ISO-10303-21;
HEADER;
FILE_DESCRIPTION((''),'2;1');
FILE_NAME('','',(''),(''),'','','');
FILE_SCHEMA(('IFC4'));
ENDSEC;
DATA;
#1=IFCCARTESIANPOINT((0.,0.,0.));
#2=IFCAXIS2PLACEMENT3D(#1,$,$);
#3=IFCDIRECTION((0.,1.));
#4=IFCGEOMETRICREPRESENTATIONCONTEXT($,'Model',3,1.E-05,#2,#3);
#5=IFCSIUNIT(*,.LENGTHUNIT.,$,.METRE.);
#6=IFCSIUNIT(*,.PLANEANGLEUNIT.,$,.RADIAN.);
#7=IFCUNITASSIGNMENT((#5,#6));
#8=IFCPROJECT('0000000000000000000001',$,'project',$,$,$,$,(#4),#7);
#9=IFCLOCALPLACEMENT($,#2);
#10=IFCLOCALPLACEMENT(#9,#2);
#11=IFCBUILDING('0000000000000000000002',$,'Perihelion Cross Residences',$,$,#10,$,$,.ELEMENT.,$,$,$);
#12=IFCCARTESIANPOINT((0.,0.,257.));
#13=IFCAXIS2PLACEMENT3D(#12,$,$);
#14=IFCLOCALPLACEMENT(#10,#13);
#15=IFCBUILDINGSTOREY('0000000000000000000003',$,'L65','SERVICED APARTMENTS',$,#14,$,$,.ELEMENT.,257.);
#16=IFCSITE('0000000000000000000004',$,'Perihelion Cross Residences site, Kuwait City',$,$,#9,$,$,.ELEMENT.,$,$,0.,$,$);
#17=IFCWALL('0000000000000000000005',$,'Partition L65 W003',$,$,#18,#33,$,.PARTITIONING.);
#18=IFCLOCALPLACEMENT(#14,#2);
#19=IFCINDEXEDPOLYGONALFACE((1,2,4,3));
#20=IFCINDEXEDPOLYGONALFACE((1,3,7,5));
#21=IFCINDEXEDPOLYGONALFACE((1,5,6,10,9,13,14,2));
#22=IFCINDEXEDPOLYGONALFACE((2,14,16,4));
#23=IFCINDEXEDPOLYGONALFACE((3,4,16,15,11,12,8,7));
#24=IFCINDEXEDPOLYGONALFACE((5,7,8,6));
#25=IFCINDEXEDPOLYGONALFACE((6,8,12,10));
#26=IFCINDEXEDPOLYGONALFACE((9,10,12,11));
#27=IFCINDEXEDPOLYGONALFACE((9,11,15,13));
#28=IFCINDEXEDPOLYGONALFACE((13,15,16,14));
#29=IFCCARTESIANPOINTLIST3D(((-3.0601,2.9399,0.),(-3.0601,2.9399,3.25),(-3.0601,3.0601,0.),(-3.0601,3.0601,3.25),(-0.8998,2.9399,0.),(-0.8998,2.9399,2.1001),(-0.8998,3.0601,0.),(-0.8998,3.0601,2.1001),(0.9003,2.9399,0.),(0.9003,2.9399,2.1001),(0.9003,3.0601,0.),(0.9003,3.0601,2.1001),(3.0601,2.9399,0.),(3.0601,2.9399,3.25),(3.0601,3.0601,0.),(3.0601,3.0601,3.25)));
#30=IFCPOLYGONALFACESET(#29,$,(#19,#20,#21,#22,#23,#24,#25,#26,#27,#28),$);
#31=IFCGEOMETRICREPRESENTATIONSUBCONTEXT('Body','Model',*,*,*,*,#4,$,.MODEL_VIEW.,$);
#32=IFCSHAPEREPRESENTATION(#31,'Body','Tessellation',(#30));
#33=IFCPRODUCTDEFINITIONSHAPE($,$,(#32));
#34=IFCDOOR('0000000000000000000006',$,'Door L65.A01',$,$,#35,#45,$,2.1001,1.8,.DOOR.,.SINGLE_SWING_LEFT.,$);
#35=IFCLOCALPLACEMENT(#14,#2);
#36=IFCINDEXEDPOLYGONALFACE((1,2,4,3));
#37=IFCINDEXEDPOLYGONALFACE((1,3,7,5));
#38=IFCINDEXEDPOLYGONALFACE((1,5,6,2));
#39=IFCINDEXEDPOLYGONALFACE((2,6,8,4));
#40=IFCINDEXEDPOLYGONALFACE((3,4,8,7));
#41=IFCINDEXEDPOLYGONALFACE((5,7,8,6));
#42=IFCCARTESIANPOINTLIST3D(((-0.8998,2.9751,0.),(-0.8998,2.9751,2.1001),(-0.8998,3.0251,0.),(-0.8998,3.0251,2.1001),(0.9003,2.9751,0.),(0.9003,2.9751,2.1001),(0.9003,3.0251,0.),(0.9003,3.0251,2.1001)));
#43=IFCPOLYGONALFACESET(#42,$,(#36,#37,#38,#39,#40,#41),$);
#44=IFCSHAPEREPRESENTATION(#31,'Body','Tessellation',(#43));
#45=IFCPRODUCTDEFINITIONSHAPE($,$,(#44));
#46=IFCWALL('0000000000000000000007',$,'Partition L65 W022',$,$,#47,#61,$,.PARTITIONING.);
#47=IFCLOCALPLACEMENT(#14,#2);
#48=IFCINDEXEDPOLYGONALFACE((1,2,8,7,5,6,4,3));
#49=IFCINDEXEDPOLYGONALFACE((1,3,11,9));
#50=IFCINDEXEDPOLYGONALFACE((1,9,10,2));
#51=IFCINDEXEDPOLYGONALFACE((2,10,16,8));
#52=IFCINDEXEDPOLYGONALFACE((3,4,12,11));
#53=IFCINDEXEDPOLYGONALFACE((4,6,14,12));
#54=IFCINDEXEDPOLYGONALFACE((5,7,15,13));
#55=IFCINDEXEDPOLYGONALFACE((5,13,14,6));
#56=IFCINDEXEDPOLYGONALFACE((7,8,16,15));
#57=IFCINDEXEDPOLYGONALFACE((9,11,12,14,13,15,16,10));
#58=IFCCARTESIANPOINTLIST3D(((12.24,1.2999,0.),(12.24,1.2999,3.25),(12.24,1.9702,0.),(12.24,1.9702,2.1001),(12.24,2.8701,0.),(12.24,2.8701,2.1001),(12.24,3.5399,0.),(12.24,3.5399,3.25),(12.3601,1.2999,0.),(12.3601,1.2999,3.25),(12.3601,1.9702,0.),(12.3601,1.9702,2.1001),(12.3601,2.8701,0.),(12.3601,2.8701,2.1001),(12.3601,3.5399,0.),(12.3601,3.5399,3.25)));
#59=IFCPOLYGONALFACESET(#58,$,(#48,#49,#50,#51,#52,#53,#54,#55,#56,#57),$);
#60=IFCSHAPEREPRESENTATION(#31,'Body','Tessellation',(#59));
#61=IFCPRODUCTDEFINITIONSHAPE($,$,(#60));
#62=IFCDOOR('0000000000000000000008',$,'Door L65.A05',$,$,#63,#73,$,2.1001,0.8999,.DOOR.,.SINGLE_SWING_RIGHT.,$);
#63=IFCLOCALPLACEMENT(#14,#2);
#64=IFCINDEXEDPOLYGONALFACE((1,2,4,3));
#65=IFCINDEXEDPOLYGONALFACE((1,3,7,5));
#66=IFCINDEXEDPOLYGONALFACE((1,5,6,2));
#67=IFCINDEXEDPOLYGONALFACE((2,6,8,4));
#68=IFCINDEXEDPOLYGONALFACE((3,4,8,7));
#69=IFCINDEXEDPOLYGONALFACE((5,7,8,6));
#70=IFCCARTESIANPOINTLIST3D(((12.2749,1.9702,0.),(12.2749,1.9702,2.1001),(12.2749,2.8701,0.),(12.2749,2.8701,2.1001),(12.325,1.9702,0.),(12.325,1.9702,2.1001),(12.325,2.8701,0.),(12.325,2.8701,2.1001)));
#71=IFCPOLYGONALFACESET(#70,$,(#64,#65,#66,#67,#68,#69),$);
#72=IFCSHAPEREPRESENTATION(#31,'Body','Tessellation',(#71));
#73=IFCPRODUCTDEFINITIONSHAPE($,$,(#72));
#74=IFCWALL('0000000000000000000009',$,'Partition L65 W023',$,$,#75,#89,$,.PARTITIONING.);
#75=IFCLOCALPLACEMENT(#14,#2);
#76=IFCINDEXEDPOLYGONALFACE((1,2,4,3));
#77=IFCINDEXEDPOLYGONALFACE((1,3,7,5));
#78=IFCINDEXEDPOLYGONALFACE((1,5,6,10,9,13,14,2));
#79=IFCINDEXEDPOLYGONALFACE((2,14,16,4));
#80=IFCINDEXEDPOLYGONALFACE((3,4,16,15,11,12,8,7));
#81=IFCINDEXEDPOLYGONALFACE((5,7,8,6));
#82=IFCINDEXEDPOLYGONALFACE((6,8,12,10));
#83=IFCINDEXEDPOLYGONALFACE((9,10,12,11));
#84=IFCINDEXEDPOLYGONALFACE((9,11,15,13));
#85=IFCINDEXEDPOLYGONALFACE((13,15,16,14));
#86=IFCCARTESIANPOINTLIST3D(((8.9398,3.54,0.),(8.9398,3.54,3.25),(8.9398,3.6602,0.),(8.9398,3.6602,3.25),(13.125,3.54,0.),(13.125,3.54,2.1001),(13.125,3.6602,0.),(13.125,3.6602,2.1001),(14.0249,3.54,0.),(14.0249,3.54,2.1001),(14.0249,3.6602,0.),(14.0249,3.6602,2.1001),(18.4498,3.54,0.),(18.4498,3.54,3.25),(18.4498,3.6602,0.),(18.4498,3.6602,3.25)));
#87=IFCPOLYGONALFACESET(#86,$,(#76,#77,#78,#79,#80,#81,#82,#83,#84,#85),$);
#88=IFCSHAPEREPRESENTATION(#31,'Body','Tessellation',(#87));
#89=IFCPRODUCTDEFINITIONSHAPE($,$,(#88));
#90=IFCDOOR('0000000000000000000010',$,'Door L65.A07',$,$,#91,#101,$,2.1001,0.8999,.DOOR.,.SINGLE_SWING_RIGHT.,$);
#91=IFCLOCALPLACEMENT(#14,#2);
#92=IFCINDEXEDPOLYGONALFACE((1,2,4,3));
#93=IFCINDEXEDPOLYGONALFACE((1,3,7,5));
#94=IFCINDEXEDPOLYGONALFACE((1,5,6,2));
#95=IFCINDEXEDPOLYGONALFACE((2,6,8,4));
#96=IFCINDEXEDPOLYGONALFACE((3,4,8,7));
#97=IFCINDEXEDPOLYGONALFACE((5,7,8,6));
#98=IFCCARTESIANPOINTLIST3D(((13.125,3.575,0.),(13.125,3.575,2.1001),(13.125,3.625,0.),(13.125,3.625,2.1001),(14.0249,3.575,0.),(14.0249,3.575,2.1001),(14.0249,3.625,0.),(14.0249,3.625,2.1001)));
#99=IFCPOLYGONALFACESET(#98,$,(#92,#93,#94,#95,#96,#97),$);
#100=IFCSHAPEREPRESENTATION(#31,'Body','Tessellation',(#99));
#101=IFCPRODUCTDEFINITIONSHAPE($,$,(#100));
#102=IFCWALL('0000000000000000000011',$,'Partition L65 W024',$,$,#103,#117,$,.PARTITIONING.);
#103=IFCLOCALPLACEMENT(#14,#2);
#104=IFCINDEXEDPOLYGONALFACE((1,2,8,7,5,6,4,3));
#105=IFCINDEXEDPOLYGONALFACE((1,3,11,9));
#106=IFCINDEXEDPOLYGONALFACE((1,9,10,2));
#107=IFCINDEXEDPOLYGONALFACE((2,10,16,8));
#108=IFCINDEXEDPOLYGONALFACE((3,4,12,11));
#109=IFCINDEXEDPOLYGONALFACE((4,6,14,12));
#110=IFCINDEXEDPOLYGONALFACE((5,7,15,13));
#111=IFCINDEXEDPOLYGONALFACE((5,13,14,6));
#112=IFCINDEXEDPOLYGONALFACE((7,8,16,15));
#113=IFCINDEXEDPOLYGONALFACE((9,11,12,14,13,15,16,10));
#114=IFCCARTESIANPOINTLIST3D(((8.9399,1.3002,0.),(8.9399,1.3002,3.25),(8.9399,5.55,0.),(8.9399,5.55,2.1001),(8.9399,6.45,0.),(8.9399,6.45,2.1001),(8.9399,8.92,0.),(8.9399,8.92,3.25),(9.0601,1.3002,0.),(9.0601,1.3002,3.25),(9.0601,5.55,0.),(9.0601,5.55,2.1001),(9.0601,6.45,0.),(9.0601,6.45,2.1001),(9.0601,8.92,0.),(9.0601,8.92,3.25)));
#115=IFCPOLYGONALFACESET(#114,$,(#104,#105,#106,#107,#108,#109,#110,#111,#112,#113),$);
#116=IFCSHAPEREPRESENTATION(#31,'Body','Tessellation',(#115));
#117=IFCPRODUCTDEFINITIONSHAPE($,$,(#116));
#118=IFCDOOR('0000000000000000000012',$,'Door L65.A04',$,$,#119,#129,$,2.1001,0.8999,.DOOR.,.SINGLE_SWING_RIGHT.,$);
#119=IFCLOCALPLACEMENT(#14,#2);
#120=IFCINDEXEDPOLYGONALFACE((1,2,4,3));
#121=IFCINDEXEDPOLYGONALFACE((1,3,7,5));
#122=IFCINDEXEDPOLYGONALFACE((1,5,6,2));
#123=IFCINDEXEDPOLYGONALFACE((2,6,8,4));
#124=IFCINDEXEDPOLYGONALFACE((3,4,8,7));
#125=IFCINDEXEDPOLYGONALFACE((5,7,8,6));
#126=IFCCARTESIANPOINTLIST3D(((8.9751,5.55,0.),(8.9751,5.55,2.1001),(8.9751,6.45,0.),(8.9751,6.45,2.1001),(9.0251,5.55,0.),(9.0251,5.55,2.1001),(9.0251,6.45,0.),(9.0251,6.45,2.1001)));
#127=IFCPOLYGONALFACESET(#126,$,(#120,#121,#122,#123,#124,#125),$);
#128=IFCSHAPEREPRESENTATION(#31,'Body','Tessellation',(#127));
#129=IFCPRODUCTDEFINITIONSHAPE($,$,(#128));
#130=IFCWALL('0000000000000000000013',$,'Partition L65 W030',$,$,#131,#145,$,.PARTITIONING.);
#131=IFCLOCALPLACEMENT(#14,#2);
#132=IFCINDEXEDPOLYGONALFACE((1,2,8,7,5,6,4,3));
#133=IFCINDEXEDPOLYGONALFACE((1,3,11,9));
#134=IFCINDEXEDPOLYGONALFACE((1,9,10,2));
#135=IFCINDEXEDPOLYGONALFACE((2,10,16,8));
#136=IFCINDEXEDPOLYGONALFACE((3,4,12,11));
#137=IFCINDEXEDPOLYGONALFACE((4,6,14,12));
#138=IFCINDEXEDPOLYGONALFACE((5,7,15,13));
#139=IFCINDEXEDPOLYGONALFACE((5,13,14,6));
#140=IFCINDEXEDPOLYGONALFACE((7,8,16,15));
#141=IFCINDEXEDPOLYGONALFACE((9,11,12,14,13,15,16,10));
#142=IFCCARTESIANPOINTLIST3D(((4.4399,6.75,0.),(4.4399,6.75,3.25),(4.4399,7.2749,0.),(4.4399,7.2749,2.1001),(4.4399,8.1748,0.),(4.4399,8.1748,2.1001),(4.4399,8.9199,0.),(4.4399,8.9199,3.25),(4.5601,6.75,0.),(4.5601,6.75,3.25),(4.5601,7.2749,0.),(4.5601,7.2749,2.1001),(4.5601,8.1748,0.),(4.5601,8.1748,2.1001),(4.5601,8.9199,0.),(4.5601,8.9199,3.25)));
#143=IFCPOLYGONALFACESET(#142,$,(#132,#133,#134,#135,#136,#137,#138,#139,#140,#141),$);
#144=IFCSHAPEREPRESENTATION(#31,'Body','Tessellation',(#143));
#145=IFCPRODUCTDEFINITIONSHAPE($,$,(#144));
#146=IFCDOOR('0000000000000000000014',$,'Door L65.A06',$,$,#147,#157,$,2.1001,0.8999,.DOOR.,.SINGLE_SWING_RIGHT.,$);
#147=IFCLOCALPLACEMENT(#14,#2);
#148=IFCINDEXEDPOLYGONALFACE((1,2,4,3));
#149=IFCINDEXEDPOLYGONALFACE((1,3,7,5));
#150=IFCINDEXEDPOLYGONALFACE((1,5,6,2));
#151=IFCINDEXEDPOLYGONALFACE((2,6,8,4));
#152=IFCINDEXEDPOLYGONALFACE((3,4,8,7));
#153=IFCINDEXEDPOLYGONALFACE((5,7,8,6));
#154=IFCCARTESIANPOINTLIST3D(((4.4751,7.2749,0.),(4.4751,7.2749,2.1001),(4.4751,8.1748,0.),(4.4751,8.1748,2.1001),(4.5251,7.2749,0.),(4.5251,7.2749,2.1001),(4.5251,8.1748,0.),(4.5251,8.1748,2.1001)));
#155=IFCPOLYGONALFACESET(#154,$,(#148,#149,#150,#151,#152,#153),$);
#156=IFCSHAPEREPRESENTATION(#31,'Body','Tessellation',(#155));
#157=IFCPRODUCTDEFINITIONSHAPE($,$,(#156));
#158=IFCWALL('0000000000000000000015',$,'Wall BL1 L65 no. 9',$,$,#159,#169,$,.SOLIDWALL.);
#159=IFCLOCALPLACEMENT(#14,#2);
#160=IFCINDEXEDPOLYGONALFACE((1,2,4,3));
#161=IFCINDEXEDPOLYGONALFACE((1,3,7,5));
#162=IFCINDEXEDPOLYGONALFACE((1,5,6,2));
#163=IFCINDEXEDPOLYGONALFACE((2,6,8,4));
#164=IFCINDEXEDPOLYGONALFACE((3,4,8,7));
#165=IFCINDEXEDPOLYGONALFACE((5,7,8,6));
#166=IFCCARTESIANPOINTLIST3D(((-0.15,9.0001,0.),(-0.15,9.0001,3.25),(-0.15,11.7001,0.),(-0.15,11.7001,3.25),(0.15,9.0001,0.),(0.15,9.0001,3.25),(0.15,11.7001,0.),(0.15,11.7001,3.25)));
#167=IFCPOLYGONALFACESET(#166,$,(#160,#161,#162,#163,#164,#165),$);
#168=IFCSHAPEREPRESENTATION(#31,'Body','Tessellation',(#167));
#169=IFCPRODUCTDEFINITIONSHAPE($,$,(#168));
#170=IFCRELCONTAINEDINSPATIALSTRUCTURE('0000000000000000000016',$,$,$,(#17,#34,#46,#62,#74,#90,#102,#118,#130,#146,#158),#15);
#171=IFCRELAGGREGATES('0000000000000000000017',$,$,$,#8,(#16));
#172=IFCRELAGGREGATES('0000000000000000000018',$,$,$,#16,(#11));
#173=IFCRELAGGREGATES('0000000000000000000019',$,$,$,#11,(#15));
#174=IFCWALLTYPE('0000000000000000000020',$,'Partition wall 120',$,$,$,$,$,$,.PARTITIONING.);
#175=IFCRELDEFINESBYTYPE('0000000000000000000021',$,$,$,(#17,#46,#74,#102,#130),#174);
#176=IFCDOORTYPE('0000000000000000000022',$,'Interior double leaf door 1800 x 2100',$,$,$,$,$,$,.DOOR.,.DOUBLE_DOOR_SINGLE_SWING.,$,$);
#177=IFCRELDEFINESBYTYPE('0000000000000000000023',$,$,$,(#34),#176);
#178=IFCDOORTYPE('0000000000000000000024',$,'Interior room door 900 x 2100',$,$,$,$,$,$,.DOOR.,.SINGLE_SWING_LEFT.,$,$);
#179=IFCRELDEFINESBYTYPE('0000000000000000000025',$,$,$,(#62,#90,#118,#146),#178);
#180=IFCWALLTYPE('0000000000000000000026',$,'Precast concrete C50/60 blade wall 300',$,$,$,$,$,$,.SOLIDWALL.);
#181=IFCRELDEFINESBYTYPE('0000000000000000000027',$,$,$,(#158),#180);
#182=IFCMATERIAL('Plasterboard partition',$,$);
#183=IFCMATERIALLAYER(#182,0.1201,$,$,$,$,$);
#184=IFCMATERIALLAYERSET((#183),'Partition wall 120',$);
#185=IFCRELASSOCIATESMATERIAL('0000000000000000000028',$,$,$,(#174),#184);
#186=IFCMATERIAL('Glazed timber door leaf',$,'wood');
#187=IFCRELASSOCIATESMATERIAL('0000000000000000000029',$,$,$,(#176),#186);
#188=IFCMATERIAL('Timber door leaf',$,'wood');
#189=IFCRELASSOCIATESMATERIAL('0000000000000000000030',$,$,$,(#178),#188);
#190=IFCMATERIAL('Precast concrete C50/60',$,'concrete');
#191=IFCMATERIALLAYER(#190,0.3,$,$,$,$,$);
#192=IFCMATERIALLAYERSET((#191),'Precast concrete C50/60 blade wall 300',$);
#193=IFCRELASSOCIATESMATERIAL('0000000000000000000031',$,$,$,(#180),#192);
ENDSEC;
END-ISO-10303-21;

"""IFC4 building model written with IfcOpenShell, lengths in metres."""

from ifc_helpers import new_model, si_unit, direction, frame, frame_2d, origin, place, context, subcontext, project, spatial, rectangle, extrude, material, layer, layer_set, type_object, element, fill, save


model = new_model("IFC4")

# Units and contexts
model_context = context("Model", 3, precision=1e-05, world=origin(), true_north=direction((0.0, 1.0)))
body_context = subcontext(model_context, "Body", "Model", "MODEL_VIEW")
ifc_project = project(units=[si_unit("LENGTHUNIT", "METRE"), si_unit("PLANEANGLEUNIT", "RADIAN")], contexts=[model_context])

# Site, building, storey
site_placement = place(None, origin())
site = spatial("IfcSite", under=ifc_project, at=site_placement, Name="Perihelion Cross Residences site, Kuwait City", CompositionType="ELEMENT", RefElevation=0.0)
building_placement = place(site_placement, origin())
building = spatial("IfcBuilding", under=site, at=building_placement, Name="Perihelion Cross Residences", CompositionType="ELEMENT")
storey_placement = place(building_placement, frame((0.0, 0.0, 257.0)))
storey = spatial("IfcBuildingStorey", under=building, at=storey_placement, Name="L65", Description="SERVICED APARTMENTS", CompositionType="ELEMENT", Elevation=257.0)

# Walls, openings, doors
ifc_material_1 = material(Name="Plasterboard partition")
ifc_layer_1 = layer(ifc_material_1, 0.1201)
ifc_layer_set_1 = layer_set([ifc_layer_1], Name="Partition wall 120")
wall_type_1 = type_object("IfcWallType", Name="Partition wall 120", PredefinedType="PARTITIONING", material=ifc_layer_set_1)
wall_1_placement = place(storey_placement, frame((3.0601, 3.0, 0.0), z_axis=(0.0, 0.0, 1.0), x_axis=(-1.0, 0.0, 0.0)))
wall_1 = element("IfcWall", 1, at=wall_1_placement, inside=storey, type_object=wall_type_1, Name="Partition L65 W003", PredefinedType="PARTITIONING", context=body_context, shape_type="SweptSolid", body=[
    extrude(rectangle(XDim=6.1201, YDim=0.1201, at=frame_2d((3.0601, 0.0))), origin(), (0.0, 0.0, 1.0), 3.25),
])
opening_1_placement = place(wall_1_placement, frame((2.1599, 0.0, 0.0)))
opening_1 = element("IfcOpeningElement", 2, at=opening_1_placement, cuts=wall_1, PredefinedType="OPENING", context=body_context, shape_type="SweptSolid", body=[
    extrude(rectangle(XDim=1.8, YDim=2.1001, at=frame_2d((0.8999, 1.05))), frame((0.0, 0.0701, 0.0), z_axis=(0.0, -1.0, 0.0), x_axis=(1.0, 0.0, 0.0)), (0.0, 0.0, 1.0), 0.1401),
])
ifc_material_2 = material(Name="Glazed timber door leaf", Category="wood")
door_type_1 = type_object("IfcDoorType", Name="Interior double leaf door 1800 x 2100", OperationType="DOUBLE_DOOR_SINGLE_SWING", PredefinedType="DOOR", material=ifc_material_2)
door_1_placement = place(opening_1_placement, origin())
door_1 = element("IfcDoor", 3, at=door_1_placement, inside=storey, type_object=door_type_1, Name="Door L65.A01", OperationType="SINGLE_SWING_LEFT", OverallHeight=2.1001, OverallWidth=1.8, PredefinedType="DOOR", context=body_context, shape_type="SweptSolid", body=[
    extrude(rectangle(XDim=1.8, YDim=2.1001, at=frame_2d((0.8999, 1.05))), frame((0.0, 0.0249, 0.0), z_axis=(0.0, -1.0, 0.0), x_axis=(1.0, 0.0, 0.0)), (0.0, 0.0, 1.0), 0.05),
])
fill(opening_1, door_1)
wall_2_placement = place(storey_placement, frame((12.3, 3.54, 0.0), z_axis=(0.0, 0.0, 1.0), x_axis=(0.0, -1.0, 0.0)))
wall_2 = element("IfcWall", 4, at=wall_2_placement, inside=storey, type_object=wall_type_1, Name="Partition L65 W022", PredefinedType="PARTITIONING", context=body_context, shape_type="SweptSolid", body=[
    extrude(rectangle(XDim=2.24, YDim=0.1201, at=frame_2d((1.1201, 0.0))), origin(), (0.0, 0.0, 1.0), 3.25),
])
opening_2_placement = place(wall_2_placement, frame((0.6699, 0.0, 0.0)))
opening_2 = element("IfcOpeningElement", 5, at=opening_2_placement, cuts=wall_2, PredefinedType="OPENING", context=body_context, shape_type="SweptSolid", body=[
    extrude(rectangle(XDim=0.8999, YDim=2.1001, at=frame_2d((0.45, 1.05))), frame((0.0, 0.0701, 0.0), z_axis=(0.0, -1.0, 0.0), x_axis=(1.0, 0.0, 0.0)), (0.0, 0.0, 1.0), 0.1401),
])
ifc_material_3 = material(Name="Timber door leaf", Category="wood")
door_type_2 = type_object("IfcDoorType", Name="Interior room door 900 x 2100", OperationType="SINGLE_SWING_LEFT", PredefinedType="DOOR", material=ifc_material_3)
door_2_placement = place(opening_2_placement, origin())
door_2 = element("IfcDoor", 6, at=door_2_placement, inside=storey, type_object=door_type_2, Name="Door L65.A05", OperationType="SINGLE_SWING_RIGHT", OverallHeight=2.1001, OverallWidth=0.8999, PredefinedType="DOOR", context=body_context, shape_type="SweptSolid", body=[
    extrude(rectangle(XDim=0.8999, YDim=2.1001, at=frame_2d((0.45, 1.05))), frame((0.0, 0.0249, 0.0), z_axis=(0.0, -1.0, 0.0), x_axis=(1.0, 0.0, 0.0)), (0.0, 0.0, 1.0), 0.05),
])
fill(opening_2, door_2)
wall_3_placement = place(storey_placement, frame((8.9399, 3.6001, 0.0), z_axis=(0.0, 0.0, 1.0), x_axis=(1.0, 0.0, 0.0)))
wall_3 = element("IfcWall", 7, at=wall_3_placement, inside=storey, type_object=wall_type_1, Name="Partition L65 W023", PredefinedType="PARTITIONING", context=body_context, shape_type="SweptSolid", body=[
    extrude(rectangle(XDim=9.51, YDim=0.1201, at=frame_2d((4.7549, 0.0))), origin(), (0.0, 0.0, 1.0), 3.25),
])
opening_3_placement = place(wall_3_placement, frame((4.1851, 0.0, 0.0)))
opening_3 = element("IfcOpeningElement", 8, at=opening_3_placement, cuts=wall_3, PredefinedType="OPENING", context=body_context, shape_type="SweptSolid", body=[
    extrude(rectangle(XDim=0.8999, YDim=2.1001, at=frame_2d((0.45, 1.05))), frame((0.0, 0.0701, 0.0), z_axis=(0.0, -1.0, 0.0), x_axis=(1.0, 0.0, 0.0)), (0.0, 0.0, 1.0), 0.1401),
])
door_3_placement = place(opening_3_placement, origin())
door_3 = element("IfcDoor", 9, at=door_3_placement, inside=storey, type_object=door_type_2, Name="Door L65.A07", OperationType="SINGLE_SWING_RIGHT", OverallHeight=2.1001, OverallWidth=0.8999, PredefinedType="DOOR", context=body_context, shape_type="SweptSolid", body=[
    extrude(rectangle(XDim=0.8999, YDim=2.1001, at=frame_2d((0.45, 1.05))), frame((0.0, 0.0249, 0.0), z_axis=(0.0, -1.0, 0.0), x_axis=(1.0, 0.0, 0.0)), (0.0, 0.0, 1.0), 0.05),
])
fill(opening_3, door_3)
wall_4_placement = place(storey_placement, frame((9.0, 1.3, 0.0), z_axis=(0.0, 0.0, 1.0), x_axis=(0.0, 1.0, 0.0)))
wall_4 = element("IfcWall", 10, at=wall_4_placement, inside=storey, type_object=wall_type_1, Name="Partition L65 W024", PredefinedType="PARTITIONING", context=body_context, shape_type="SweptSolid", body=[
    extrude(rectangle(XDim=7.6199, YDim=0.1201, at=frame_2d((3.8101, 0.0))), origin(), (0.0, 0.0, 1.0), 3.25),
])
opening_4_placement = place(wall_4_placement, frame((4.25, 0.0, 0.0)))
opening_4 = element("IfcOpeningElement", 11, at=opening_4_placement, cuts=wall_4, PredefinedType="OPENING", context=body_context, shape_type="SweptSolid", body=[
    extrude(rectangle(XDim=0.8999, YDim=2.1001, at=frame_2d((0.45, 1.05))), frame((0.0, 0.0701, 0.0), z_axis=(0.0, -1.0, 0.0), x_axis=(1.0, 0.0, 0.0)), (0.0, 0.0, 1.0), 0.1401),
])
door_4_placement = place(opening_4_placement, origin())
door_4 = element("IfcDoor", 12, at=door_4_placement, inside=storey, type_object=door_type_2, Name="Door L65.A04", OperationType="SINGLE_SWING_RIGHT", OverallHeight=2.1001, OverallWidth=0.8999, PredefinedType="DOOR", context=body_context, shape_type="SweptSolid", body=[
    extrude(rectangle(XDim=0.8999, YDim=2.1001, at=frame_2d((0.45, 1.05))), frame((0.0, 0.0249, 0.0), z_axis=(0.0, -1.0, 0.0), x_axis=(1.0, 0.0, 0.0)), (0.0, 0.0, 1.0), 0.05),
])
fill(opening_4, door_4)
wall_5_placement = place(storey_placement, frame((4.5, 6.75, 0.0), z_axis=(0.0, 0.0, 1.0), x_axis=(0.0, 1.0, 0.0)))
wall_5 = element("IfcWall", 13, at=wall_5_placement, inside=storey, type_object=wall_type_1, Name="Partition L65 W030", PredefinedType="PARTITIONING", context=body_context, shape_type="SweptSolid", body=[
    extrude(rectangle(XDim=2.1699, YDim=0.1201, at=frame_2d((1.085, 0.0))), origin(), (0.0, 0.0, 1.0), 3.25),
])
opening_5_placement = place(wall_5_placement, frame((0.5249, 0.0, 0.0)))
opening_5 = element("IfcOpeningElement", 14, at=opening_5_placement, cuts=wall_5, PredefinedType="OPENING", context=body_context, shape_type="SweptSolid", body=[
    extrude(rectangle(XDim=0.8999, YDim=2.1001, at=frame_2d((0.45, 1.05))), frame((0.0, 0.0701, 0.0), z_axis=(0.0, -1.0, 0.0), x_axis=(1.0, 0.0, 0.0)), (0.0, 0.0, 1.0), 0.1401),
])
door_5_placement = place(opening_5_placement, origin())
door_5 = element("IfcDoor", 15, at=door_5_placement, inside=storey, type_object=door_type_2, Name="Door L65.A06", OperationType="SINGLE_SWING_RIGHT", OverallHeight=2.1001, OverallWidth=0.8999, PredefinedType="DOOR", context=body_context, shape_type="SweptSolid", body=[
    extrude(rectangle(XDim=0.8999, YDim=2.1001, at=frame_2d((0.45, 1.05))), frame((0.0, 0.0249, 0.0), z_axis=(0.0, -1.0, 0.0), x_axis=(1.0, 0.0, 0.0)), (0.0, 0.0, 1.0), 0.05),
])
fill(opening_5, door_5)

# Wall
ifc_material_4 = material(Name="Precast concrete C50/60", Category="concrete")
ifc_layer_2 = layer(ifc_material_4, 0.3)
ifc_layer_set_2 = layer_set([ifc_layer_2], Name="Precast concrete C50/60 blade wall 300")
wall_type_2 = type_object("IfcWallType", Name="Precast concrete C50/60 blade wall 300", PredefinedType="SOLIDWALL", material=ifc_layer_set_2)
for number, where, z_axis, x_axis, name in (
    (16, (0.0, 9.0, 0.0), (0.0, 0.0, 1.0), (0.0, 1.0, 0.0), "Wall BL1 L65 no. 9"),
):
    element("IfcWall", number, at=place(storey_placement, frame(where, z_axis=z_axis, x_axis=x_axis)), inside=storey, type_object=wall_type_2, Name=name, PredefinedType="SOLIDWALL", context=body_context, shape_type="SweptSolid", body=[
        extrude(rectangle(XDim=2.7, YDim=0.3, at=frame_2d((1.3501, 0.0))), origin(), (0.0, 0.0, 1.0), 3.25),
    ])

save(model, "model.ifc")
